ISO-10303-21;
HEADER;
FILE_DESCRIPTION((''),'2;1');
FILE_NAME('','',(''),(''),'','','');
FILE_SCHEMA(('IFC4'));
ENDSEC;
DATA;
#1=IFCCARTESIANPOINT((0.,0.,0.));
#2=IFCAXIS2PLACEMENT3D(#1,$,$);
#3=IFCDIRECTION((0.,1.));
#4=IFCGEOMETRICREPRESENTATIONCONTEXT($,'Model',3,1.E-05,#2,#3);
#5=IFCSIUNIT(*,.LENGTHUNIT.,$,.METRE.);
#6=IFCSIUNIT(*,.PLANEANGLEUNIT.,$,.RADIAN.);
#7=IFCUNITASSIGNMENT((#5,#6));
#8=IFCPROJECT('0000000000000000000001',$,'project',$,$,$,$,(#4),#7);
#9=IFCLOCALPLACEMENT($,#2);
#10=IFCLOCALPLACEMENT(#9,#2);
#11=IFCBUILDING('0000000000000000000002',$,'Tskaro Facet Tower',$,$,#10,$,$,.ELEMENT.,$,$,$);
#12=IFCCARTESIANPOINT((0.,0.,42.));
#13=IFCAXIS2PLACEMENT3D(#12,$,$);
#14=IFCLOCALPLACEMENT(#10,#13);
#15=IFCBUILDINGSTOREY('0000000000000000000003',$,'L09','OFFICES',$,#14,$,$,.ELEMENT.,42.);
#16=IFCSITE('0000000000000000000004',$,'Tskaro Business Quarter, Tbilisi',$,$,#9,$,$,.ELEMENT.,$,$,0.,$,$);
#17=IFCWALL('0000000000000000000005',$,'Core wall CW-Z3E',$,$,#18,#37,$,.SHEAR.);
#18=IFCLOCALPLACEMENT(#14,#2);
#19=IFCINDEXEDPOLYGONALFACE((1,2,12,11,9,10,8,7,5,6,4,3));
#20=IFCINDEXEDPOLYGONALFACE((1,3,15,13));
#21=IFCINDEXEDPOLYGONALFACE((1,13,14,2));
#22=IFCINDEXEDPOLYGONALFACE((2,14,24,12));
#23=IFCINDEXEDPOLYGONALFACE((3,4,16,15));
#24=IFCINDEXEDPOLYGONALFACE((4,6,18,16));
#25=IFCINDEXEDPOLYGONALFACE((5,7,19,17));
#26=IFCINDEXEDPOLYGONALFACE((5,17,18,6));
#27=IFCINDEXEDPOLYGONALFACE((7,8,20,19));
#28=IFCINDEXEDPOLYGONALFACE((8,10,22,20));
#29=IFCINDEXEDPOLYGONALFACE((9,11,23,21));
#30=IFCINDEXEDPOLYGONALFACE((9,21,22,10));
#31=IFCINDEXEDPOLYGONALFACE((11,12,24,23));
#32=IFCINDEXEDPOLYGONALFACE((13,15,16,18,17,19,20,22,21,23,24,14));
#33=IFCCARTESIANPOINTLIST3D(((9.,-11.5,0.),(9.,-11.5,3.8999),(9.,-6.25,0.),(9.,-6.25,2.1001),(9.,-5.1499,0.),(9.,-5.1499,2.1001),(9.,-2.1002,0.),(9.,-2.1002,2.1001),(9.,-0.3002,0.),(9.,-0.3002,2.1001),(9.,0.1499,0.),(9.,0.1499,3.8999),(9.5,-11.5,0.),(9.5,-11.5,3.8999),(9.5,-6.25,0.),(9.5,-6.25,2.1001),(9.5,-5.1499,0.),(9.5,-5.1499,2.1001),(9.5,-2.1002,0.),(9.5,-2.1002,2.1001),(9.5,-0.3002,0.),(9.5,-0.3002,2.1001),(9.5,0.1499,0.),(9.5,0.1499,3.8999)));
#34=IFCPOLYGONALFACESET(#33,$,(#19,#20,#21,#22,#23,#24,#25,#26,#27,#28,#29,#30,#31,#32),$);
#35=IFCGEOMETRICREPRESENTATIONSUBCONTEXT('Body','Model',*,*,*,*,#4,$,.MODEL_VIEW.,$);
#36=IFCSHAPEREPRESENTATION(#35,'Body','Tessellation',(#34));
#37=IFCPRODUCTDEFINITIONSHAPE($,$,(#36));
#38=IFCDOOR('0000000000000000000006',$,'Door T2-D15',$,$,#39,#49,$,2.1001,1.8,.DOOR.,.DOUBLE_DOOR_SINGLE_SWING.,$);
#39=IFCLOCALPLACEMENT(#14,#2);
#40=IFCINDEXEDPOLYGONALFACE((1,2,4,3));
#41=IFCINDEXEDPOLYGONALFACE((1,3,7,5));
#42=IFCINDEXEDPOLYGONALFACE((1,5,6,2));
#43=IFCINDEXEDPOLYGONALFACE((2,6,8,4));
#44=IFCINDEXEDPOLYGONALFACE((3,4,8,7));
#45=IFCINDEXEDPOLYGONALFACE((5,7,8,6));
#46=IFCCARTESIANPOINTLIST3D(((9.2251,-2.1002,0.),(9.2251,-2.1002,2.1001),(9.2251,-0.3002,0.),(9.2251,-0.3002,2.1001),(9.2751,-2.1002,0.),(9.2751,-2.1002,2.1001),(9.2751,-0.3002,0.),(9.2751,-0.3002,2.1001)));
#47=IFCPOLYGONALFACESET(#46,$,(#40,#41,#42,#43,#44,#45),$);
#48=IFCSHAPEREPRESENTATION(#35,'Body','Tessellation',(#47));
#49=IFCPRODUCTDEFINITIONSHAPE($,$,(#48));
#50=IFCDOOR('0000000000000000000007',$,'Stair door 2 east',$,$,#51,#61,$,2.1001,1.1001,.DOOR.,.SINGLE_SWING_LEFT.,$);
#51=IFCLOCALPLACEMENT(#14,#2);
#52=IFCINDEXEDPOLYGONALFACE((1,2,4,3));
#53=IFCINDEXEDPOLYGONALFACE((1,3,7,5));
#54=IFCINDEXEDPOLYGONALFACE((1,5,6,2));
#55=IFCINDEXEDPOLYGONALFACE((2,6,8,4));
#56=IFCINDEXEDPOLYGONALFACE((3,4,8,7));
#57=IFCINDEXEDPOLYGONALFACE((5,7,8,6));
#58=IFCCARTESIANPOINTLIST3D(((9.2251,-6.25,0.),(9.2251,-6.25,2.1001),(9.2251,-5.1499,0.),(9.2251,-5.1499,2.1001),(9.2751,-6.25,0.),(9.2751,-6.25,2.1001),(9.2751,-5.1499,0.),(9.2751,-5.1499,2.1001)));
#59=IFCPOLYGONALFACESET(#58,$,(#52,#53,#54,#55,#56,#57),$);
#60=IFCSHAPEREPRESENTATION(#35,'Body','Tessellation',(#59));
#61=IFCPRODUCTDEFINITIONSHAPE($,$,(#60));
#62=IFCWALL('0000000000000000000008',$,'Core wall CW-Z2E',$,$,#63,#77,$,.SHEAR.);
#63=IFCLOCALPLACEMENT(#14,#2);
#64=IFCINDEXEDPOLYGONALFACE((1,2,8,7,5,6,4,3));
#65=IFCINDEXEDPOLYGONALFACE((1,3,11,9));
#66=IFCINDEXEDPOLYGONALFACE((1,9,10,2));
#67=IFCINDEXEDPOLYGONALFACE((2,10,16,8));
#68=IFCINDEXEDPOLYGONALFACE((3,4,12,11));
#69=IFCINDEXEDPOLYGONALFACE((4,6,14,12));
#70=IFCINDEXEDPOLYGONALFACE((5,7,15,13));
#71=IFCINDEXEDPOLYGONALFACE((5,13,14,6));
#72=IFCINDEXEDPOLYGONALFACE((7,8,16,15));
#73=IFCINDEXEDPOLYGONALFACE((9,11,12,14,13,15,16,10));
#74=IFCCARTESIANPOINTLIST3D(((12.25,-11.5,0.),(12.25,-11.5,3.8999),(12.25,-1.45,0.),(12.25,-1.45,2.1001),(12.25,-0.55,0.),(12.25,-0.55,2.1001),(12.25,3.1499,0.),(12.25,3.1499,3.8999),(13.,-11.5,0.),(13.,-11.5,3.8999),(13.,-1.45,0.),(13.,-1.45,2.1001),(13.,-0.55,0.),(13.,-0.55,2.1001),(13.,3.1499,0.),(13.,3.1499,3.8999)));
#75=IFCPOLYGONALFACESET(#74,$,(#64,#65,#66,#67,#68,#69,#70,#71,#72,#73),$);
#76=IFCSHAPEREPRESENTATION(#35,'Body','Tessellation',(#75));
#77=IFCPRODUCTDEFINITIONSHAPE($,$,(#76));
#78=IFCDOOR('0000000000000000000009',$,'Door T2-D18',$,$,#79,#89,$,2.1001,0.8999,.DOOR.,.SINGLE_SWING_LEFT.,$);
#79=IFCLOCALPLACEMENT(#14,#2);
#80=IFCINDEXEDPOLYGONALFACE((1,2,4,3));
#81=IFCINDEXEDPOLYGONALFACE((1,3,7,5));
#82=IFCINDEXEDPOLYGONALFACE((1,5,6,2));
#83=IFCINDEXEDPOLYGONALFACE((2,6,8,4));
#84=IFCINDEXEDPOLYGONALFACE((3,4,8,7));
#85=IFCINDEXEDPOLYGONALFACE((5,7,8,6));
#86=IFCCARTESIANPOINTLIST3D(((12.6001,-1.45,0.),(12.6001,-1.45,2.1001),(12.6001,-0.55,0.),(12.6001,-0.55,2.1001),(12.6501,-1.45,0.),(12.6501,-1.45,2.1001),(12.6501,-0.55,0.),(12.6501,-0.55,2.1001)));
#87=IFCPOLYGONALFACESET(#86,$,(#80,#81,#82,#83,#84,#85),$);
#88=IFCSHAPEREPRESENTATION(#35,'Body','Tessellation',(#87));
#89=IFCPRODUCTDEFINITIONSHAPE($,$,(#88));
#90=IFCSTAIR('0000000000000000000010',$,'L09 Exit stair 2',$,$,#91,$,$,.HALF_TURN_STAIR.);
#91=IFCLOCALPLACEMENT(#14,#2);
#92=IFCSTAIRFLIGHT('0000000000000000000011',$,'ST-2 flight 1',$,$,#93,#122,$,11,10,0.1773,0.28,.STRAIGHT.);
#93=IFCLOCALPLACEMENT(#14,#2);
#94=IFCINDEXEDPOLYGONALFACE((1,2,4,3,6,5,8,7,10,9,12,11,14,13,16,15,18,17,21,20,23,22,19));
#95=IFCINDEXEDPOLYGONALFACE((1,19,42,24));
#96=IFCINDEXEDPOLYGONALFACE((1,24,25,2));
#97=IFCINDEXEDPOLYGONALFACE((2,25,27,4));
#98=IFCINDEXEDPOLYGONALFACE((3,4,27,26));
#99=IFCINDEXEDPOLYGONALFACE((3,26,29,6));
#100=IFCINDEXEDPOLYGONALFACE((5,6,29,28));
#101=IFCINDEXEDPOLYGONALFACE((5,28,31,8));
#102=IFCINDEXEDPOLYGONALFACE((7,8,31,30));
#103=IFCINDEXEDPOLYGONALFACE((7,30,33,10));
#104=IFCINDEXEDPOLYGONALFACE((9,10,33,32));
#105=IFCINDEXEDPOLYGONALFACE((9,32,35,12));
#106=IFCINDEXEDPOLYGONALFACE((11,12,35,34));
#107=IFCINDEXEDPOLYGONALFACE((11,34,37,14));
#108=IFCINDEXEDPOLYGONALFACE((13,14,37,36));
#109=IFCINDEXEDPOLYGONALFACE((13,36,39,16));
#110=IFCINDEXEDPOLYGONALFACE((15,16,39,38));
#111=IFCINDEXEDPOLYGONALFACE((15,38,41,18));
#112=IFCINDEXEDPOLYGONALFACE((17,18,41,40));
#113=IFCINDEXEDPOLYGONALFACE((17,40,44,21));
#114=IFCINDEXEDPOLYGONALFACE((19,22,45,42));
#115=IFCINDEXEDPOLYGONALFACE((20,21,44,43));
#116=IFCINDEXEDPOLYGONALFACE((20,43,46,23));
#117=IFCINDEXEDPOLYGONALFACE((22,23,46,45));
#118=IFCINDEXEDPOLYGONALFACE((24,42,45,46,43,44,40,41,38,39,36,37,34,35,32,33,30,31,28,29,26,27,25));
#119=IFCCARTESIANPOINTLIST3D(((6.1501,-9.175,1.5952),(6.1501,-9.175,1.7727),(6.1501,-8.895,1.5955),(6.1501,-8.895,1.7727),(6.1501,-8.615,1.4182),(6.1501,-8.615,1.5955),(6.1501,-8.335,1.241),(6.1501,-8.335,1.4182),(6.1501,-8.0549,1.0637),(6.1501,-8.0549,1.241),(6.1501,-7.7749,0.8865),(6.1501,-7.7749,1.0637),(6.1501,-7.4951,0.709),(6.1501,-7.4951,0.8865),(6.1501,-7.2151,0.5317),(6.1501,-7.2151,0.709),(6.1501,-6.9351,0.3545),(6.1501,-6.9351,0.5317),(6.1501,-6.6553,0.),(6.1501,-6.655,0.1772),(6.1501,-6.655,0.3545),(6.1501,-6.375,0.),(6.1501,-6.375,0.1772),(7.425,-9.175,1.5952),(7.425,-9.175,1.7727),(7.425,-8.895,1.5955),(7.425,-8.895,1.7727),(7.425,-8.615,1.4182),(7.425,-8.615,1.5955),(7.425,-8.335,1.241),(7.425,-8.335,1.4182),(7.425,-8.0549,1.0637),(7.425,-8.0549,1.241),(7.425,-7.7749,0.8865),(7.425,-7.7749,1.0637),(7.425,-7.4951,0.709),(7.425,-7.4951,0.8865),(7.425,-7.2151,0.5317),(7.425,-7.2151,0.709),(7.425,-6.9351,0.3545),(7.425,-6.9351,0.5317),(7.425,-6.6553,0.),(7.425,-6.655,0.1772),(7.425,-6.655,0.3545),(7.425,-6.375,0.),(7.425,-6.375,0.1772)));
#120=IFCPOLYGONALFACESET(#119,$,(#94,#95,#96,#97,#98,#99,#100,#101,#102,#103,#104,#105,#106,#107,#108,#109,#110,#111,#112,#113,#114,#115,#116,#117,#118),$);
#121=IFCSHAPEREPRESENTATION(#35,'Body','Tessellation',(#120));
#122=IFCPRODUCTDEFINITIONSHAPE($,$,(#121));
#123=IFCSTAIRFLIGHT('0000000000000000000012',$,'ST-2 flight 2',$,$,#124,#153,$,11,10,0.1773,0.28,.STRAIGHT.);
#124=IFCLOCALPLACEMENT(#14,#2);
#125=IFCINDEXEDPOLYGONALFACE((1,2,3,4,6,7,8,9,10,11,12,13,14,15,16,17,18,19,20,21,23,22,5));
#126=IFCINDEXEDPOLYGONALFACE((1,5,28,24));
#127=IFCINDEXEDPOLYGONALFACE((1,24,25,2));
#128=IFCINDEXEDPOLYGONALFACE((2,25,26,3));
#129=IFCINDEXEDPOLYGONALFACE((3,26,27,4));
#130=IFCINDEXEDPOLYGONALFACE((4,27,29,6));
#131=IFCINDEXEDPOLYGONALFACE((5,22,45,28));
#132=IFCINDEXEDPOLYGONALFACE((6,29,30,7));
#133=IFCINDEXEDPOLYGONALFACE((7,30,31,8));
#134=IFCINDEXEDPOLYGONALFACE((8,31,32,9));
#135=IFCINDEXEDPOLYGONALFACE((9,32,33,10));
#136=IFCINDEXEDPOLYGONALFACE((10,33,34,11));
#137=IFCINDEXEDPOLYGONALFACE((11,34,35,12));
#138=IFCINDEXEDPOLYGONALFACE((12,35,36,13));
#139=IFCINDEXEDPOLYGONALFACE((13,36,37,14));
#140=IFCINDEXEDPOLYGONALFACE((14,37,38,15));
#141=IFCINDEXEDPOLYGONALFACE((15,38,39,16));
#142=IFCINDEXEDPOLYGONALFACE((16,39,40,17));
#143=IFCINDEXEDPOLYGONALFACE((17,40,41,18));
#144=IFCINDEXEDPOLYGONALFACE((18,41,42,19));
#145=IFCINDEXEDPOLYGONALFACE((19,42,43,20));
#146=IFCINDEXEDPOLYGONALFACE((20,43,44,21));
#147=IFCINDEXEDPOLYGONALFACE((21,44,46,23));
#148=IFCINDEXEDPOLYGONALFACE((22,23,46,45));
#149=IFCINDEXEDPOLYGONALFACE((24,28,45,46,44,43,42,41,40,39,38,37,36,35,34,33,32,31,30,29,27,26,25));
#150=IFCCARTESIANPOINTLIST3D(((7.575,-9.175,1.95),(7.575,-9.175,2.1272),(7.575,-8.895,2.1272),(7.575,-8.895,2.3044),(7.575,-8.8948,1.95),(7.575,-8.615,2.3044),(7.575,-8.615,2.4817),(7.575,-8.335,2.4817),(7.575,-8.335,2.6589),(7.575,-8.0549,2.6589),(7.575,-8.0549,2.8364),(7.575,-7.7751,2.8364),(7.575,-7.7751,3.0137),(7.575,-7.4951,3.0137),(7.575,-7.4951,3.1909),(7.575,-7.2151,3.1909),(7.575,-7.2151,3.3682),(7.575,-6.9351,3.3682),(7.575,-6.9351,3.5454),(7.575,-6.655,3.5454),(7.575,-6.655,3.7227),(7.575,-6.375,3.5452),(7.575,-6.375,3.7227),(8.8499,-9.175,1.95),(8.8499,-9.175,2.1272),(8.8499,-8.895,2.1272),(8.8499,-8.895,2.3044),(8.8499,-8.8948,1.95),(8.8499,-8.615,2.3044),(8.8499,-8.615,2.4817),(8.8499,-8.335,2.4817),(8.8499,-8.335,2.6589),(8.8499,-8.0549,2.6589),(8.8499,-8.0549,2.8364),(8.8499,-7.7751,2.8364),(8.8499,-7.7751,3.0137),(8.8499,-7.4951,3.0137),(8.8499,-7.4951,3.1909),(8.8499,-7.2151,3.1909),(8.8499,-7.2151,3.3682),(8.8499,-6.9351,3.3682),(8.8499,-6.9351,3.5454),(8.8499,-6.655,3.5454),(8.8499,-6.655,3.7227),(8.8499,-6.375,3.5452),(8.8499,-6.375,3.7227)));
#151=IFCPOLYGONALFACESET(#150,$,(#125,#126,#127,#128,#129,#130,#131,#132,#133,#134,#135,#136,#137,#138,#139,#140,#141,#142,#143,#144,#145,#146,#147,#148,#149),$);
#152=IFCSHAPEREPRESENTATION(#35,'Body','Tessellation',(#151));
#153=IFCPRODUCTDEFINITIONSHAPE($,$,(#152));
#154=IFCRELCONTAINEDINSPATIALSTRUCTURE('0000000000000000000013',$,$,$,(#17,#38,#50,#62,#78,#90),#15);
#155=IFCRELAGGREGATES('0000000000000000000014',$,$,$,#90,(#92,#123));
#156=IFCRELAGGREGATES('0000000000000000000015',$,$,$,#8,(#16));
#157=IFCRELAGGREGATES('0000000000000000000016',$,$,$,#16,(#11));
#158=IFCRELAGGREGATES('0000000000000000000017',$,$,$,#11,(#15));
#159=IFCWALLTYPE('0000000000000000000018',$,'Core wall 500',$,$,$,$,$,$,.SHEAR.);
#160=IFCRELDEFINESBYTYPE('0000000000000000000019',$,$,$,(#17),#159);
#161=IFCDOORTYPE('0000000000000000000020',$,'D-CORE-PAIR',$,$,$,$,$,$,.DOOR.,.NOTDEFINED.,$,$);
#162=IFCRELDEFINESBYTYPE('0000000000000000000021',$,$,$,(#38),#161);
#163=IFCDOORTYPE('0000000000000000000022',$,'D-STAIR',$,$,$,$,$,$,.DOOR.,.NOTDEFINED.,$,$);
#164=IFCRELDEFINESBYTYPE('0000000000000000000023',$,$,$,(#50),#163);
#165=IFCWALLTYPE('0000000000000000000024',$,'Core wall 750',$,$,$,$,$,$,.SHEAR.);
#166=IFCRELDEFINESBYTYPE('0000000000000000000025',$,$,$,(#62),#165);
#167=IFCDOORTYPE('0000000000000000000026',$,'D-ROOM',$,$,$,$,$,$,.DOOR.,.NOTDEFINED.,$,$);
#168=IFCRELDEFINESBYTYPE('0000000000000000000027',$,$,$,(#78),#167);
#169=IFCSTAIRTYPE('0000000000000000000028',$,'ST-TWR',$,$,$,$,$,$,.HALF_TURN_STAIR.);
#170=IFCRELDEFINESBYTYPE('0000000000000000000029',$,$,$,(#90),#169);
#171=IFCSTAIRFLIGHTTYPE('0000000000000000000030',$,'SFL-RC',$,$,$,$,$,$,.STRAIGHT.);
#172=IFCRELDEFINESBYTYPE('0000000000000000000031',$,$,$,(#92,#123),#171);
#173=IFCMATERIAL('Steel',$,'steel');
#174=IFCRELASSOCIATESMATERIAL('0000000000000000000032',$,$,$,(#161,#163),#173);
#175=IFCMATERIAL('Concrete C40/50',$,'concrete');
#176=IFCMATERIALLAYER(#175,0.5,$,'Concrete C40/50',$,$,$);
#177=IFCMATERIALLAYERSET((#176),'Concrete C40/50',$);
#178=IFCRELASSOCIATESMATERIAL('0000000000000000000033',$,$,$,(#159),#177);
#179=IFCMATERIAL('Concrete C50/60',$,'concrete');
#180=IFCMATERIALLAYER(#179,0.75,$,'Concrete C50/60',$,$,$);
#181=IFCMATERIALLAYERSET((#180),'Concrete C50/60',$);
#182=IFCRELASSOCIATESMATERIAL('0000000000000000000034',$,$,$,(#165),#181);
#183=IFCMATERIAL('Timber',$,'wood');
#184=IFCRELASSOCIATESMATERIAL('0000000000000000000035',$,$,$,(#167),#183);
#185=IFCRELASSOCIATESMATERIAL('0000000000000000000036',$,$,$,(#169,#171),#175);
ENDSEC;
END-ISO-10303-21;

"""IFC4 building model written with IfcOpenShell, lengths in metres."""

from ifc_helpers import new_model, si_unit, direction, frame, frame_2d, origin, place, context, subcontext, project, spatial, polyline, rectangle, outline, extrude, material, layer, layer_set, type_object, element, fill, aggregate, save


model = new_model("IFC4")

# Units and contexts
model_context = context("Model", 3, precision=1e-05, world=origin(), true_north=direction((0.0, 1.0)))
body_context = subcontext(model_context, "Body", "Model", "MODEL_VIEW")
ifc_project = project(units=[si_unit("LENGTHUNIT", "METRE"), si_unit("PLANEANGLEUNIT", "RADIAN")], contexts=[model_context])

# Site, building, storey
site_placement = place(None, origin())
site = spatial("IfcSite", under=ifc_project, at=site_placement, Name="Tskaro Business Quarter, Tbilisi", CompositionType="ELEMENT", RefElevation=0.0)
building_placement = place(site_placement, origin())
building = spatial("IfcBuilding", under=site, at=building_placement, Name="Tskaro Facet Tower", CompositionType="ELEMENT")
storey_placement = place(building_placement, frame((0.0, 0.0, 42.0)))
storey = spatial("IfcBuildingStorey", under=building, at=storey_placement, Name="L09", Description="OFFICES", CompositionType="ELEMENT", Elevation=42.0)

# Shared definitions
ifc_material_1 = material(Name="Steel", Category="steel")
door_type_1 = type_object("IfcDoorType", Name="D-CORE-PAIR", OperationType="NOTDEFINED", PredefinedType="DOOR", material=ifc_material_1)

# Wall, openings, doors
ifc_material_2 = material(Name="Concrete C40/50", Category="concrete")
ifc_layer_1 = layer(ifc_material_2, 0.5, Name="Concrete C40/50")
ifc_layer_set_1 = layer_set([ifc_layer_1], Name="Concrete C40/50")
wall_type_1 = type_object("IfcWallType", Name="Core wall 500", PredefinedType="SHEAR", material=ifc_layer_set_1)
wall_1_placement = place(storey_placement, frame((9.25, -11.5, 0.0), z_axis=(0.0, 0.0, 1.0), x_axis=(0.0, 1.0, 0.0)))
wall_1 = element("IfcWall", 1, at=wall_1_placement, inside=storey, type_object=wall_type_1, Name="Core wall CW-Z3E", PredefinedType="SHEAR", context=body_context, shape_type="SweptSolid", body=[
    extrude(rectangle(XDim=11.6499, YDim=0.5, at=frame_2d((5.825, 0.0))), origin(), (0.0, 0.0, 1.0), 3.8999),
])
opening_1_placement = place(wall_1_placement, frame((9.3999, 0.0, 0.0)))
opening_1 = element("IfcOpeningElement", 2, at=opening_1_placement, cuts=wall_1, PredefinedType="OPENING", context=body_context, shape_type="SweptSolid", body=[
    extrude(rectangle(XDim=1.8, YDim=2.1001, at=frame_2d((0.8999, 1.05))), frame((0.0, 0.26, 0.0), z_axis=(0.0, -1.0, 0.0), x_axis=(1.0, 0.0, 0.0)), (0.0, 0.0, 1.0), 0.52),
])
opening_2_placement = place(wall_1_placement, frame((5.25, 0.0, 0.0)))
opening_2 = element("IfcOpeningElement", 3, at=opening_2_placement, cuts=wall_1, PredefinedType="OPENING", context=body_context, shape_type="SweptSolid", body=[
    extrude(rectangle(XDim=1.1001, YDim=2.1001, at=frame_2d((0.55, 1.05))), frame((0.0, 0.26, 0.0), z_axis=(0.0, -1.0, 0.0), x_axis=(1.0, 0.0, 0.0)), (0.0, 0.0, 1.0), 0.52),
])
door_1_placement = place(opening_1_placement, origin())
door_1 = element("IfcDoor", 4, at=door_1_placement, inside=storey, type_object=door_type_1, Name="Door T2-D15", OperationType="DOUBLE_DOOR_SINGLE_SWING", OverallHeight=2.1001, OverallWidth=1.8, PredefinedType="DOOR", context=body_context, shape_type="SweptSolid", body=[
    extrude(rectangle(XDim=1.8, YDim=2.1001, at=frame_2d((0.8999, 1.05))), frame((0.0, 0.0249, 0.0), z_axis=(0.0, -1.0, 0.0), x_axis=(1.0, 0.0, 0.0)), (0.0, 0.0, 1.0), 0.05),
])
fill(opening_1, door_1)
door_type_2 = type_object("IfcDoorType", Name="D-STAIR", OperationType="NOTDEFINED", PredefinedType="DOOR", material=ifc_material_1)
door_2_placement = place(opening_2_placement, origin())
door_2 = element("IfcDoor", 5, at=door_2_placement, inside=storey, type_object=door_type_2, Name="Stair door 2 east", OperationType="SINGLE_SWING_LEFT", OverallHeight=2.1001, OverallWidth=1.1001, PredefinedType="DOOR", context=body_context, shape_type="SweptSolid", body=[
    extrude(rectangle(XDim=1.1001, YDim=2.1001, at=frame_2d((0.55, 1.05))), frame((0.0, 0.0249, 0.0), z_axis=(0.0, -1.0, 0.0), x_axis=(1.0, 0.0, 0.0)), (0.0, 0.0, 1.0), 0.05),
])
fill(opening_2, door_2)

# Wall, opening, door
ifc_material_3 = material(Name="Concrete C50/60", Category="concrete")
ifc_layer_2 = layer(ifc_material_3, 0.75, Name="Concrete C50/60")
ifc_layer_set_2 = layer_set([ifc_layer_2], Name="Concrete C50/60")
wall_type_2 = type_object("IfcWallType", Name="Core wall 750", PredefinedType="SHEAR", material=ifc_layer_set_2)
wall_2_placement = place(storey_placement, frame((12.625, -11.5, 0.0), z_axis=(0.0, 0.0, 1.0), x_axis=(0.0, 1.0, 0.0)))
wall_2 = element("IfcWall", 6, at=wall_2_placement, inside=storey, type_object=wall_type_2, Name="Core wall CW-Z2E", PredefinedType="SHEAR", context=body_context, shape_type="SweptSolid", body=[
    extrude(rectangle(XDim=14.6499, YDim=0.75, at=frame_2d((7.325, 0.0))), origin(), (0.0, 0.0, 1.0), 3.8999),
])
opening_3_placement = place(wall_2_placement, frame((10.05, 0.0, 0.0)))
opening_3 = element("IfcOpeningElement", 7, at=opening_3_placement, cuts=wall_2, PredefinedType="OPENING", context=body_context, shape_type="SweptSolid", body=[
    extrude(rectangle(XDim=0.8999, YDim=2.1001, at=frame_2d((0.45, 1.05))), frame((0.0, 0.385, 0.0), z_axis=(0.0, -1.0, 0.0), x_axis=(1.0, 0.0, 0.0)), (0.0, 0.0, 1.0), 0.77),
])
ifc_material_4 = material(Name="Timber", Category="wood")
door_type_3 = type_object("IfcDoorType", Name="D-ROOM", OperationType="NOTDEFINED", PredefinedType="DOOR", material=ifc_material_4)
door_3_placement = place(opening_3_placement, origin())
door_3 = element("IfcDoor", 8, at=door_3_placement, inside=storey, type_object=door_type_3, Name="Door T2-D18", OperationType="SINGLE_SWING_LEFT", OverallHeight=2.1001, OverallWidth=0.8999, PredefinedType="DOOR", context=body_context, shape_type="SweptSolid", body=[
    extrude(rectangle(XDim=0.8999, YDim=2.1001, at=frame_2d((0.45, 1.05))), frame((0.0, 0.0249, 0.0), z_axis=(0.0, -1.0, 0.0), x_axis=(1.0, 0.0, 0.0)), (0.0, 0.0, 1.0), 0.05),
])
fill(opening_3, door_3)

# Stair, stair flights
stair_type = type_object("IfcStairType", Name="ST-TWR", PredefinedType="HALF_TURN_STAIR", material=ifc_material_2)
stair_placement = place(storey_placement, origin())
stair = element("IfcStair", 9, at=stair_placement, inside=storey, type_object=stair_type, Name="L09 Exit stair 2", PredefinedType="HALF_TURN_STAIR")
stair_flight_type = type_object("IfcStairFlightType", Name="SFL-RC", PredefinedType="STRAIGHT", material=ifc_material_2)
stair_flight_1_placement = place(storey_placement, frame((6.7876, -6.375, 0.0), z_axis=(0.0, 0.0, 1.0), x_axis=(0.0, -1.0, 0.0)))
stair_flight_1 = element("IfcStairFlight", 10, at=stair_flight_1_placement, type_object=stair_flight_type, Name="ST-2 flight 1", NumberOfRisers=11, NumberOfTreads=10, PredefinedType="STRAIGHT", RiserHeight=0.1773, TreadLength=0.28, context=body_context, shape_type="SweptSolid", body=[
    extrude(outline(polyline([(0.0, 0.0), (0.0, 0.1772), (0.28, 0.1772), (0.28, 0.3545), (0.5601, 0.3545), (0.5601, 0.5317), (0.8401, 0.5317), (0.8401, 0.709), (1.1201, 0.709), (1.1201, 0.8865), (1.3999, 0.8865), (1.3999, 1.0637), (1.6799, 1.0637), (1.6799, 1.241), (1.96, 1.241), (1.96, 1.4182), (2.24, 1.4182), (2.24, 1.5955), (2.52, 1.5955), (2.52, 1.7727), (2.8, 1.7727), (2.8, 1.95), (2.8, 1.5952), (0.2803, 0.0), (0.0, 0.0)])), frame((0.0, 0.6375, 0.0), z_axis=(0.0, -1.0, 0.0), x_axis=(1.0, 0.0, 0.0)), (0.0, 0.0, 1.0), 1.2749),
])
stair_flight_2_placement = place(storey_placement, frame((8.2124, -9.175, 1.95), z_axis=(0.0, 0.0, 1.0), x_axis=(0.0, 1.0, 0.0)))
stair_flight_2 = element("IfcStairFlight", 11, at=stair_flight_2_placement, type_object=stair_flight_type, Name="ST-2 flight 2", NumberOfRisers=11, NumberOfTreads=10, PredefinedType="STRAIGHT", RiserHeight=0.1773, TreadLength=0.28, context=body_context, shape_type="SweptSolid", body=[
    extrude(outline(polyline([(0.0, 0.0), (0.0, 0.1772), (0.28, 0.1772), (0.28, 0.3545), (0.5601, 0.3545), (0.5601, 0.5317), (0.8401, 0.5317), (0.8401, 0.709), (1.1201, 0.709), (1.1201, 0.8865), (1.3999, 0.8865), (1.3999, 1.0637), (1.6799, 1.0637), (1.6799, 1.241), (1.96, 1.241), (1.96, 1.4182), (2.24, 1.4182), (2.24, 1.5955), (2.52, 1.5955), (2.52, 1.7727), (2.8, 1.7727), (2.8, 1.95), (2.8, 1.5952), (0.2803, 0.0), (0.0, 0.0)])), frame((0.0, 0.6375, 0.0), z_axis=(0.0, -1.0, 0.0), x_axis=(1.0, 0.0, 0.0)), (0.0, 0.0, 1.0), 1.2749),
])
aggregate(stair, [stair_flight_1, stair_flight_2])

save(model, "model.ifc")
